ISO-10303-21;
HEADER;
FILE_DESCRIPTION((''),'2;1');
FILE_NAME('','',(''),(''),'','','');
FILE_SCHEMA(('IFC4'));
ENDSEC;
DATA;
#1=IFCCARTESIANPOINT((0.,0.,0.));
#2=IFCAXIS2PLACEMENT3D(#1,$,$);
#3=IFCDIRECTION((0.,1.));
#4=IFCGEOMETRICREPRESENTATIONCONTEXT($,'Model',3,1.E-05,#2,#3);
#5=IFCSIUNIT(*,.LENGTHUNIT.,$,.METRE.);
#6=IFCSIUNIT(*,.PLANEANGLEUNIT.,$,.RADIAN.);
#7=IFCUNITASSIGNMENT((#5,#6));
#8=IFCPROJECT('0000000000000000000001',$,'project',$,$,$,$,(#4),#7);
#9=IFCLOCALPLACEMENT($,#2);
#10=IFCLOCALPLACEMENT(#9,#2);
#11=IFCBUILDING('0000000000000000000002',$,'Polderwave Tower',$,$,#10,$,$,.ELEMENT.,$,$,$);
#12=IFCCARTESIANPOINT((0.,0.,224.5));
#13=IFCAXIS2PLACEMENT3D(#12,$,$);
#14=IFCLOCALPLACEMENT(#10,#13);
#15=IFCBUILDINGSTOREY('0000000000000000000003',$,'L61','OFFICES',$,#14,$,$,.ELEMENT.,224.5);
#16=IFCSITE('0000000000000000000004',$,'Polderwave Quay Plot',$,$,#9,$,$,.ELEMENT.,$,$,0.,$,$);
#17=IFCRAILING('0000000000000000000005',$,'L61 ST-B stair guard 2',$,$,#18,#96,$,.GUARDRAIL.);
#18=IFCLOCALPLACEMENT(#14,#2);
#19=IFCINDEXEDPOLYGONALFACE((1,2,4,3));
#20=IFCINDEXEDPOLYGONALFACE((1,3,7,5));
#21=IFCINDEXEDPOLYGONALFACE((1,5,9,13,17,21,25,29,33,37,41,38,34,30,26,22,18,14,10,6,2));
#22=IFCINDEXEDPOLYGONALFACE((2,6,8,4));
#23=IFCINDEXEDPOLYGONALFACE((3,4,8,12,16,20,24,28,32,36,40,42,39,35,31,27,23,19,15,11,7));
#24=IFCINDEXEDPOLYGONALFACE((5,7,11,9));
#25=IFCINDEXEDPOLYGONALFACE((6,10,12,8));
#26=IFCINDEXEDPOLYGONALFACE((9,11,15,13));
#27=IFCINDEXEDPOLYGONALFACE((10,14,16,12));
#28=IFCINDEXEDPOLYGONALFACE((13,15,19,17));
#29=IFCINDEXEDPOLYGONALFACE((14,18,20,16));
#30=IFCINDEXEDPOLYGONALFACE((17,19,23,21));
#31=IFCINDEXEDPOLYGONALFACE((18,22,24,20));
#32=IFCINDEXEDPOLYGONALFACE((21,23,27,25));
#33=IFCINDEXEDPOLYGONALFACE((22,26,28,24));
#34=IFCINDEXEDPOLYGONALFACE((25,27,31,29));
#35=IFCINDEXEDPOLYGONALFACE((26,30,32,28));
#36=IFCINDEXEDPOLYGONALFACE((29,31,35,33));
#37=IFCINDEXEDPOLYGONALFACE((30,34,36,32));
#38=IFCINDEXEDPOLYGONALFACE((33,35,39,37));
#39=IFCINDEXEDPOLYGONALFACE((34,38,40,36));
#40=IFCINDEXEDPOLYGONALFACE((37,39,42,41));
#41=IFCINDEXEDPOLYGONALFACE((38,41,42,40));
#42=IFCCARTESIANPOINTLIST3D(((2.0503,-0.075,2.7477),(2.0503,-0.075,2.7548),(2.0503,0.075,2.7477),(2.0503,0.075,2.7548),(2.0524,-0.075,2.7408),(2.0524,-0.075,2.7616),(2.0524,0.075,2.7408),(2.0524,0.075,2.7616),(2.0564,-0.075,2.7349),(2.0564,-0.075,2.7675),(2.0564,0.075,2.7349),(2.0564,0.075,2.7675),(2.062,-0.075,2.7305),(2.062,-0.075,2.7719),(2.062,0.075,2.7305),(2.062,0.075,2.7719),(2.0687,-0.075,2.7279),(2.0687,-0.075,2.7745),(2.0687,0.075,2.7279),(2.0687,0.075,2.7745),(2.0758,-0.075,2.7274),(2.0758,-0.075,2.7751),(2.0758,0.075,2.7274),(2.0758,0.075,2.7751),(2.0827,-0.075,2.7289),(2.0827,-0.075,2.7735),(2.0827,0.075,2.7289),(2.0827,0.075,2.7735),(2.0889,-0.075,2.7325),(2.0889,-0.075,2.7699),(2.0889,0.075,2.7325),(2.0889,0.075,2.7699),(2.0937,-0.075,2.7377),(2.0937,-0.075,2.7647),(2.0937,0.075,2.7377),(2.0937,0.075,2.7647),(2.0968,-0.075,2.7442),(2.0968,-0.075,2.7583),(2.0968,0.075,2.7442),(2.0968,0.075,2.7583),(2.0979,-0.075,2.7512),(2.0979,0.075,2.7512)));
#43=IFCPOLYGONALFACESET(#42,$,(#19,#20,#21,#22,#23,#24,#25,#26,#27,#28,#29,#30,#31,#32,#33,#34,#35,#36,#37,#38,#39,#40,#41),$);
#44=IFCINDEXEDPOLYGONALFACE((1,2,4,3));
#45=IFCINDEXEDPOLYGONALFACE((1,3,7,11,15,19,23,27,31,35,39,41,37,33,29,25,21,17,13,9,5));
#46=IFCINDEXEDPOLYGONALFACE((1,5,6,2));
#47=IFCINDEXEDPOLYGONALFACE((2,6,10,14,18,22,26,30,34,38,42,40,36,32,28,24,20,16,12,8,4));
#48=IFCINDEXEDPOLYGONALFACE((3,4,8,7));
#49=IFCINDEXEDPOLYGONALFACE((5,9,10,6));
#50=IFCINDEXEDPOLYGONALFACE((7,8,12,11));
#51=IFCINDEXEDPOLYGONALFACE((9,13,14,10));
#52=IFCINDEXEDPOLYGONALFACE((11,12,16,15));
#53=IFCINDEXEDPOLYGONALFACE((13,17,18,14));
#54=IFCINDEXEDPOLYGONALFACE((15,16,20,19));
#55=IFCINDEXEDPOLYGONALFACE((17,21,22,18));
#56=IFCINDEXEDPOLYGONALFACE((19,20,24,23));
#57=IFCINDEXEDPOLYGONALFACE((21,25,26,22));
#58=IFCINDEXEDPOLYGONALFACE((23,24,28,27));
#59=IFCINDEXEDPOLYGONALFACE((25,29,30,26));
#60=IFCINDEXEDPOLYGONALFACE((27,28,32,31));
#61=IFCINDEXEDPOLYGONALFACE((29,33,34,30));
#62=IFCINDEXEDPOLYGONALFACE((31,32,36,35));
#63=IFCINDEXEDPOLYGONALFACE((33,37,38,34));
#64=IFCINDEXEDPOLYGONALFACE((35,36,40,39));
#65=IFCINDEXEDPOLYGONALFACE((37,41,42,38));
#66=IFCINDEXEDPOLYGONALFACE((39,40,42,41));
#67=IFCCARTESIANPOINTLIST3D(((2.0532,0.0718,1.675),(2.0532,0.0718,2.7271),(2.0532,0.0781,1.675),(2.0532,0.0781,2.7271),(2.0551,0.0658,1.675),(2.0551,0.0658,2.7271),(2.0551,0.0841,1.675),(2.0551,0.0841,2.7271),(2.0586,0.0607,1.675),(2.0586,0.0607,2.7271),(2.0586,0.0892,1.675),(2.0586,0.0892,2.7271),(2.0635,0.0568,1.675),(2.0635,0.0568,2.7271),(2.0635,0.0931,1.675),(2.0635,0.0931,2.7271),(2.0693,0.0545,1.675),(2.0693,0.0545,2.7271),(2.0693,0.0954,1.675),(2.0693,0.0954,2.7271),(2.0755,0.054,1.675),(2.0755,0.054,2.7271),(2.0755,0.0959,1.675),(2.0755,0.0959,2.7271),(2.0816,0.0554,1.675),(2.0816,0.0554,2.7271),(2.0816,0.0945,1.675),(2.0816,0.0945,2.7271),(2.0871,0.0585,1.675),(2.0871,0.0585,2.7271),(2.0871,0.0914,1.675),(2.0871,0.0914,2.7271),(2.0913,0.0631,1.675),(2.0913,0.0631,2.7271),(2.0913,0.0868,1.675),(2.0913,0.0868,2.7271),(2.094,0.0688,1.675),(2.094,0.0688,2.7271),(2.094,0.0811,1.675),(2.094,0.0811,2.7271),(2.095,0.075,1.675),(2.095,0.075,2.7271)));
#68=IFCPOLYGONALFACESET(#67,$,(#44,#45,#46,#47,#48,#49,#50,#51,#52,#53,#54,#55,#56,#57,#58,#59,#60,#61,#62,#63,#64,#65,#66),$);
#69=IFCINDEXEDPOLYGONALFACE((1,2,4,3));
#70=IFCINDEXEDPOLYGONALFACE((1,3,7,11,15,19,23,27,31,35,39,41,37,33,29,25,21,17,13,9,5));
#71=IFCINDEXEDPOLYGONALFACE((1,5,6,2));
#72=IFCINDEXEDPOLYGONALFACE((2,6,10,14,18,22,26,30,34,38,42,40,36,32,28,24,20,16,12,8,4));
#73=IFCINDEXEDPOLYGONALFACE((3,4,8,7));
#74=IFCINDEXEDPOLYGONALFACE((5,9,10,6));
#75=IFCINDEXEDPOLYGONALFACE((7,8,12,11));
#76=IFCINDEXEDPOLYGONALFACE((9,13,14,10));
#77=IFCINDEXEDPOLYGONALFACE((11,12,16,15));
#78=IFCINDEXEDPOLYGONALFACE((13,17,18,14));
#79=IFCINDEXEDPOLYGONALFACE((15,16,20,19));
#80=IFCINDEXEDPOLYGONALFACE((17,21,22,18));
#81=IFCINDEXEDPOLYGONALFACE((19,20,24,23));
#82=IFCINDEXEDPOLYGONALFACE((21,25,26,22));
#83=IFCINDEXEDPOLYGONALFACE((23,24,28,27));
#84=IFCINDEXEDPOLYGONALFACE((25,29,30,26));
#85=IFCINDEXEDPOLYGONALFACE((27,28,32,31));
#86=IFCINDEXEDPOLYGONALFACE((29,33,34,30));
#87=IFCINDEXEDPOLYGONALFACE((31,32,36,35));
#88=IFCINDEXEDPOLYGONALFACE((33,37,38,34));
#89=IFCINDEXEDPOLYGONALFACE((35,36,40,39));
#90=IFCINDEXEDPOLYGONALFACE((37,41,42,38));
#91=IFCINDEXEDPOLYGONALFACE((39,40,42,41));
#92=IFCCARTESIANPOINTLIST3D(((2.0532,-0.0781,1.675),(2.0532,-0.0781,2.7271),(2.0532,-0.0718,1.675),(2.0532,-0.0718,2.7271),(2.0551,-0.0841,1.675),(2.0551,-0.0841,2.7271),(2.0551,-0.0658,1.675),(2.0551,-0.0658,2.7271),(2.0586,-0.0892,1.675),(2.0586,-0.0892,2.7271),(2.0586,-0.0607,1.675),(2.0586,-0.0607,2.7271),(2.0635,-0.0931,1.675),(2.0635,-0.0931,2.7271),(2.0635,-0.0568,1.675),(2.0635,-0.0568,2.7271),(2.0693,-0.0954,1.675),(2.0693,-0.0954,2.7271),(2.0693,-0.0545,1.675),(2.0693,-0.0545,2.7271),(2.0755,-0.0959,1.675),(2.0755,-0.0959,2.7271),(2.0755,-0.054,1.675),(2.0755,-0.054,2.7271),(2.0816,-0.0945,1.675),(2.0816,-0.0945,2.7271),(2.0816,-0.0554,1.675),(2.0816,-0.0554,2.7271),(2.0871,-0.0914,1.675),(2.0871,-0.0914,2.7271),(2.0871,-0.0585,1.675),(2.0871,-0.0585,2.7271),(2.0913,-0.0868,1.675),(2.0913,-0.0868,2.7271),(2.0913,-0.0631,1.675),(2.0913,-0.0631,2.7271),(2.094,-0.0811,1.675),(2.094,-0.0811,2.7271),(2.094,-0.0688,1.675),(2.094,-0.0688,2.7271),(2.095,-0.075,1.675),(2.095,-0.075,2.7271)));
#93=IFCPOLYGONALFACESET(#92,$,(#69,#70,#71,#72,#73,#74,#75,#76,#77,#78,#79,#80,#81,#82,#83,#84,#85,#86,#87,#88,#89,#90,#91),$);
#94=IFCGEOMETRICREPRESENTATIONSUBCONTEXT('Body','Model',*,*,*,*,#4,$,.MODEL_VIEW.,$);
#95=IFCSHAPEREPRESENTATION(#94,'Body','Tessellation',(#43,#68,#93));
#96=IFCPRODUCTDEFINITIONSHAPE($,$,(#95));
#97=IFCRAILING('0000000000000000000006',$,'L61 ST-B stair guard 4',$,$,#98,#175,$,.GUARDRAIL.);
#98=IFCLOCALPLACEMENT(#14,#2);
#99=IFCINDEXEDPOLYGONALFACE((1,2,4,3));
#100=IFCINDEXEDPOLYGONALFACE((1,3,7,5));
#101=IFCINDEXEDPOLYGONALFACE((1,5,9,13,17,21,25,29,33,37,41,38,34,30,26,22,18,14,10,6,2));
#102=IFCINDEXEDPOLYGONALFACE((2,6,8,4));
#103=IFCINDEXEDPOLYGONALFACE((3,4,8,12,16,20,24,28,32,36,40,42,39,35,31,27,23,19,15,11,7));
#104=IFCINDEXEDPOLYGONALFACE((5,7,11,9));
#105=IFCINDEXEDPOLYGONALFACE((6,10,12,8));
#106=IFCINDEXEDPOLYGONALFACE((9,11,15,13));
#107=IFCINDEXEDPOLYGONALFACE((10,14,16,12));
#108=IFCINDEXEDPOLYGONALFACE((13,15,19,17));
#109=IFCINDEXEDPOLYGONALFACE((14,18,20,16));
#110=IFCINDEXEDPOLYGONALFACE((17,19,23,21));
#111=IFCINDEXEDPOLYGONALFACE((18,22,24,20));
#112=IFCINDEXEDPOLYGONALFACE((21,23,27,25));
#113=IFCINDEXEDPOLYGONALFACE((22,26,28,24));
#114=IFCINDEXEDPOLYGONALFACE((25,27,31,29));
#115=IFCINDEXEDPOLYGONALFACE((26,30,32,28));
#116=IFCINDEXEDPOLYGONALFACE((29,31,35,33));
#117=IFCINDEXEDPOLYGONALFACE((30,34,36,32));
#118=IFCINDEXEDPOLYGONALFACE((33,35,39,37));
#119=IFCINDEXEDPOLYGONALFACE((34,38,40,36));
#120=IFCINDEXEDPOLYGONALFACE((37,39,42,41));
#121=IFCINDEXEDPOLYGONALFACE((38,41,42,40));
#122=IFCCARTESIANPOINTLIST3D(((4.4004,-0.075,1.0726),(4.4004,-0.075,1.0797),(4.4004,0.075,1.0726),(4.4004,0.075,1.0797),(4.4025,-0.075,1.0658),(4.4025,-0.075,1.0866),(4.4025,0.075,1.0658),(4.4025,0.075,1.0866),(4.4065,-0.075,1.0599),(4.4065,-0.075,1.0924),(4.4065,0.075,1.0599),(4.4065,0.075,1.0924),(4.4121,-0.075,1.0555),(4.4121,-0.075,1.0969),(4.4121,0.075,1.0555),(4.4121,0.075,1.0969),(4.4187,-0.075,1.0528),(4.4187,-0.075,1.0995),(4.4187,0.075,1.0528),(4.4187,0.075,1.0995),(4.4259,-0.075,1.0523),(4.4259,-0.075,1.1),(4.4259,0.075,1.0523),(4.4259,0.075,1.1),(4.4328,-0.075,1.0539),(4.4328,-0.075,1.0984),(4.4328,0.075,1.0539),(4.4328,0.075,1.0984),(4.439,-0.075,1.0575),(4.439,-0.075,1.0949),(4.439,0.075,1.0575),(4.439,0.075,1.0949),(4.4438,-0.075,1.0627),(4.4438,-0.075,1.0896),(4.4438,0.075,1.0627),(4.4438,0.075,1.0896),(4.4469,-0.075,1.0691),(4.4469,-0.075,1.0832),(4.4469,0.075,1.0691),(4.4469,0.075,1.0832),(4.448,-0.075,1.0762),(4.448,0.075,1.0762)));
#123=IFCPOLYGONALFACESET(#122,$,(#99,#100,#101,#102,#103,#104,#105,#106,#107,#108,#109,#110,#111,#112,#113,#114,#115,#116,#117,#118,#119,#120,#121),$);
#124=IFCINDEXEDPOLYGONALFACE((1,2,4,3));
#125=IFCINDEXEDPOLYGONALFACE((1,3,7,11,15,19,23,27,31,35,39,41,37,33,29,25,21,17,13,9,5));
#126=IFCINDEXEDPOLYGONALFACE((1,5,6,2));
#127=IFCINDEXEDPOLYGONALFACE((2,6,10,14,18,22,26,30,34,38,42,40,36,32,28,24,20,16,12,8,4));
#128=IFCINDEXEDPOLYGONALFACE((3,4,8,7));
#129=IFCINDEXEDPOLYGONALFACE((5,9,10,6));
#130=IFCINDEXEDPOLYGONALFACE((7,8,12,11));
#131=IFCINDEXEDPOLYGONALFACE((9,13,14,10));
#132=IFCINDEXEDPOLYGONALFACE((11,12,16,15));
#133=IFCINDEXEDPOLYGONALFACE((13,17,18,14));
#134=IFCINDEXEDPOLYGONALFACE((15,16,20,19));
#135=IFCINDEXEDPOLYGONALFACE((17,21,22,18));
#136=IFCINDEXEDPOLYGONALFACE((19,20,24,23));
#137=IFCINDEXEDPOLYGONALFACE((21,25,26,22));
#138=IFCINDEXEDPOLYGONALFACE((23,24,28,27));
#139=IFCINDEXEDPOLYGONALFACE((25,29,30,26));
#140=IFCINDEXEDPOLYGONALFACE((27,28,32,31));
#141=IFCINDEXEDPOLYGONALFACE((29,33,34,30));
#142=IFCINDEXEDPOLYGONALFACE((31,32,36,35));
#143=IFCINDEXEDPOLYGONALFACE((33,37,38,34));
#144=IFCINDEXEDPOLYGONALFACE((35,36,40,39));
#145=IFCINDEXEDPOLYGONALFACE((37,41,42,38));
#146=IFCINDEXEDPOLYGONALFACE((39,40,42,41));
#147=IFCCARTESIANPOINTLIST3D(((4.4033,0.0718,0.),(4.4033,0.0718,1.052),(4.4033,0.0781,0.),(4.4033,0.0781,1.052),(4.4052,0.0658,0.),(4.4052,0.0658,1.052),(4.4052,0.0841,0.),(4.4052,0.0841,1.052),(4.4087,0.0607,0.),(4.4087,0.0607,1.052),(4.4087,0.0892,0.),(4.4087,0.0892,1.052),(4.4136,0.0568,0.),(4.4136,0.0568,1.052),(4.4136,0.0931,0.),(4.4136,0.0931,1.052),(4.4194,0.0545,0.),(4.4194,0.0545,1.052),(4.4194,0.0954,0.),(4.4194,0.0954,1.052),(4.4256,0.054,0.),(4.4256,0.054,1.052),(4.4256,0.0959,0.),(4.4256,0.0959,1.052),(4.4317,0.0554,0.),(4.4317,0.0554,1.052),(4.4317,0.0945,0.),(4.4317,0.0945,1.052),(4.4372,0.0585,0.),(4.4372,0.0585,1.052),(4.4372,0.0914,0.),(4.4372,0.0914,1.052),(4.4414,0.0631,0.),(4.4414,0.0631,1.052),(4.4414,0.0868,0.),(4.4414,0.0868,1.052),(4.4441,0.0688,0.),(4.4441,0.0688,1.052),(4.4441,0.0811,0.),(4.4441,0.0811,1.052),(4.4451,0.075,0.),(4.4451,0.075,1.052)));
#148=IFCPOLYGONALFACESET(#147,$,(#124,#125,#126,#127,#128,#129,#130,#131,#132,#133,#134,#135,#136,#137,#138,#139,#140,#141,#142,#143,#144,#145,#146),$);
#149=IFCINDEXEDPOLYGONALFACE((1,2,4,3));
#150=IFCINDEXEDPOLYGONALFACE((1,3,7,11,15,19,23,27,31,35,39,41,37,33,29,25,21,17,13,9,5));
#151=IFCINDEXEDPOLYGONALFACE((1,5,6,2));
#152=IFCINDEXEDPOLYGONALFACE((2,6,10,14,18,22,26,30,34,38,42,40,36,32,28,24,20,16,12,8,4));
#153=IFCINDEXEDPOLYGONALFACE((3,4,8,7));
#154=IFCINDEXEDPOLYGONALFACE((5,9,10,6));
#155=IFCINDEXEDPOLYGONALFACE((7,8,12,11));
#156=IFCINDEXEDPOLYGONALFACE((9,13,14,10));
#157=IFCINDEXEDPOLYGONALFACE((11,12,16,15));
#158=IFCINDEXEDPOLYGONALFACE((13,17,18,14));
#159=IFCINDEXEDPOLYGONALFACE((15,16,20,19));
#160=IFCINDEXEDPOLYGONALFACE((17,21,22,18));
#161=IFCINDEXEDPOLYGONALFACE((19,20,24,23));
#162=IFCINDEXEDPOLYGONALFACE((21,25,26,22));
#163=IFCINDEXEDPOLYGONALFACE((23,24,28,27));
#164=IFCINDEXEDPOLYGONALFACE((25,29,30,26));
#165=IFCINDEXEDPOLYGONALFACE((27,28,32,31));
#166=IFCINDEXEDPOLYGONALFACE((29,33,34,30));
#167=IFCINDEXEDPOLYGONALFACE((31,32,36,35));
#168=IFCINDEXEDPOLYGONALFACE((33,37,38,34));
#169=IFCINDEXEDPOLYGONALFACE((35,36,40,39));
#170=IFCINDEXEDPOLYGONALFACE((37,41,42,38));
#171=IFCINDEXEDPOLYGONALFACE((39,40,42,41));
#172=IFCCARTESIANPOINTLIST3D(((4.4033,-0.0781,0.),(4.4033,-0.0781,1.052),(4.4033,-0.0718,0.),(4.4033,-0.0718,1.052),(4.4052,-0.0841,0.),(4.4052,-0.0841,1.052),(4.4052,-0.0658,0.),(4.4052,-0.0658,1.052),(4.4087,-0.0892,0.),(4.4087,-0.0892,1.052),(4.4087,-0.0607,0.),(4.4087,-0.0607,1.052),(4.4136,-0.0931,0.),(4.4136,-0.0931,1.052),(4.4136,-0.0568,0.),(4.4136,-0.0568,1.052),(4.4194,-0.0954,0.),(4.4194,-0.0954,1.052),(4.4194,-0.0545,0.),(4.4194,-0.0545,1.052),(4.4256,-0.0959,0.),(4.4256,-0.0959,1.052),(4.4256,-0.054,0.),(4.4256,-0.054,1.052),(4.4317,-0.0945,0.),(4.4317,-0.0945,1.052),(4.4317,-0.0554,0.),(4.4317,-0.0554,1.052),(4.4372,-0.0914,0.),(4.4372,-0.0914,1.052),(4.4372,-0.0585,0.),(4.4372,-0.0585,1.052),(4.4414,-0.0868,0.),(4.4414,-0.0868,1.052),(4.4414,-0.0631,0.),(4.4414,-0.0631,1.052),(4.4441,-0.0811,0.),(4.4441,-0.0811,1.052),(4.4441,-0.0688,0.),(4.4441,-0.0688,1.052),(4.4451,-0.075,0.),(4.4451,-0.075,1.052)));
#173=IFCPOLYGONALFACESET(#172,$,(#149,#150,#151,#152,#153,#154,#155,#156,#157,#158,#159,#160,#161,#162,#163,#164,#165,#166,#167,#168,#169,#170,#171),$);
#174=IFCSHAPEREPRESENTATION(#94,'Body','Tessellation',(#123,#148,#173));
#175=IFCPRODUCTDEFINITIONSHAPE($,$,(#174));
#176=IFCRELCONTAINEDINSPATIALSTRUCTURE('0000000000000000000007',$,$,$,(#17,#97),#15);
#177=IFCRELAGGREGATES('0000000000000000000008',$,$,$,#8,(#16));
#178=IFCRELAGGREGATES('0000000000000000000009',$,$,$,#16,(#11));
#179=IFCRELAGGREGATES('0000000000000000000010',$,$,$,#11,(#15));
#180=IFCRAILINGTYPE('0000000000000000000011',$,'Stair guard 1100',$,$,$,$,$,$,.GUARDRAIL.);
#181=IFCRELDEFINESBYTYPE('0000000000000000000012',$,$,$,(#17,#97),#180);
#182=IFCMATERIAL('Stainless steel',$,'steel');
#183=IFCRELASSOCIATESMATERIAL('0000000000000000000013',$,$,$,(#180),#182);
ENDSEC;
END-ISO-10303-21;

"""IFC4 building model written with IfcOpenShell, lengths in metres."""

from ifc_helpers import new_model, si_unit, direction, frame, origin, origin_2d, place, context, subcontext, project, spatial, circle, extrude, material, type_object, element, save


model = new_model("IFC4")

# Units and contexts
model_context = context("Model", 3, precision=1e-05, world=origin(), true_north=direction((0.0, 1.0)))
body_context = subcontext(model_context, "Body", "Model", "MODEL_VIEW")
ifc_project = project(units=[si_unit("LENGTHUNIT", "METRE"), si_unit("PLANEANGLEUNIT", "RADIAN")], contexts=[model_context])

# Site, building, storey
site_placement = place(None, origin())
site = spatial("IfcSite", under=ifc_project, at=site_placement, Name="Polderwave Quay Plot", CompositionType="ELEMENT", RefElevation=0.0)
building_placement = place(site_placement, origin())
building = spatial("IfcBuilding", under=site, at=building_placement, Name="Polderwave Tower", CompositionType="ELEMENT")
storey_placement = place(building_placement, frame((0.0, 0.0, 224.5)))
storey = spatial("IfcBuildingStorey", under=building, at=storey_placement, Name="L61", Description="OFFICES", CompositionType="ELEMENT", Elevation=224.5)

# Railings
ifc_material_1 = material(Name="Stainless steel", Category="steel")
railing_type_1 = type_object("IfcRailingType", Name="Stair guard 1100", PredefinedType="GUARDRAIL", material=ifc_material_1)
for number, where, name in (
    (1, (2.074, 0.075, 1.675), "L61 ST-B stair guard 2"),
    (2, (4.4241, 0.075, 0.0), "L61 ST-B stair guard 4"),
):
    element("IfcRailing", number, at=place(storey_placement, frame(where)), inside=storey, type_object=railing_type_1, Name=name, PredefinedType="GUARDRAIL", context=body_context, shape_type="SweptSolid", body=[
        extrude(circle(Radius=0.0239, at=origin_2d()), frame((0.0, 0.0, 1.0762), z_axis=(0.0, -1.0, 0.0), x_axis=(1.0, 0.0, 0.0)), (0.0, 0.0, 1.0), 0.1499),
        extrude(circle(Radius=0.021, at=origin_2d()), origin(), (0.0, 0.0, 1.0), 1.052),
        extrude(circle(Radius=0.021, at=origin_2d()), frame((0.0, -0.1499, 0.0)), (0.0, 0.0, 1.0), 1.052),
    ])

save(model, "model.ifc")
